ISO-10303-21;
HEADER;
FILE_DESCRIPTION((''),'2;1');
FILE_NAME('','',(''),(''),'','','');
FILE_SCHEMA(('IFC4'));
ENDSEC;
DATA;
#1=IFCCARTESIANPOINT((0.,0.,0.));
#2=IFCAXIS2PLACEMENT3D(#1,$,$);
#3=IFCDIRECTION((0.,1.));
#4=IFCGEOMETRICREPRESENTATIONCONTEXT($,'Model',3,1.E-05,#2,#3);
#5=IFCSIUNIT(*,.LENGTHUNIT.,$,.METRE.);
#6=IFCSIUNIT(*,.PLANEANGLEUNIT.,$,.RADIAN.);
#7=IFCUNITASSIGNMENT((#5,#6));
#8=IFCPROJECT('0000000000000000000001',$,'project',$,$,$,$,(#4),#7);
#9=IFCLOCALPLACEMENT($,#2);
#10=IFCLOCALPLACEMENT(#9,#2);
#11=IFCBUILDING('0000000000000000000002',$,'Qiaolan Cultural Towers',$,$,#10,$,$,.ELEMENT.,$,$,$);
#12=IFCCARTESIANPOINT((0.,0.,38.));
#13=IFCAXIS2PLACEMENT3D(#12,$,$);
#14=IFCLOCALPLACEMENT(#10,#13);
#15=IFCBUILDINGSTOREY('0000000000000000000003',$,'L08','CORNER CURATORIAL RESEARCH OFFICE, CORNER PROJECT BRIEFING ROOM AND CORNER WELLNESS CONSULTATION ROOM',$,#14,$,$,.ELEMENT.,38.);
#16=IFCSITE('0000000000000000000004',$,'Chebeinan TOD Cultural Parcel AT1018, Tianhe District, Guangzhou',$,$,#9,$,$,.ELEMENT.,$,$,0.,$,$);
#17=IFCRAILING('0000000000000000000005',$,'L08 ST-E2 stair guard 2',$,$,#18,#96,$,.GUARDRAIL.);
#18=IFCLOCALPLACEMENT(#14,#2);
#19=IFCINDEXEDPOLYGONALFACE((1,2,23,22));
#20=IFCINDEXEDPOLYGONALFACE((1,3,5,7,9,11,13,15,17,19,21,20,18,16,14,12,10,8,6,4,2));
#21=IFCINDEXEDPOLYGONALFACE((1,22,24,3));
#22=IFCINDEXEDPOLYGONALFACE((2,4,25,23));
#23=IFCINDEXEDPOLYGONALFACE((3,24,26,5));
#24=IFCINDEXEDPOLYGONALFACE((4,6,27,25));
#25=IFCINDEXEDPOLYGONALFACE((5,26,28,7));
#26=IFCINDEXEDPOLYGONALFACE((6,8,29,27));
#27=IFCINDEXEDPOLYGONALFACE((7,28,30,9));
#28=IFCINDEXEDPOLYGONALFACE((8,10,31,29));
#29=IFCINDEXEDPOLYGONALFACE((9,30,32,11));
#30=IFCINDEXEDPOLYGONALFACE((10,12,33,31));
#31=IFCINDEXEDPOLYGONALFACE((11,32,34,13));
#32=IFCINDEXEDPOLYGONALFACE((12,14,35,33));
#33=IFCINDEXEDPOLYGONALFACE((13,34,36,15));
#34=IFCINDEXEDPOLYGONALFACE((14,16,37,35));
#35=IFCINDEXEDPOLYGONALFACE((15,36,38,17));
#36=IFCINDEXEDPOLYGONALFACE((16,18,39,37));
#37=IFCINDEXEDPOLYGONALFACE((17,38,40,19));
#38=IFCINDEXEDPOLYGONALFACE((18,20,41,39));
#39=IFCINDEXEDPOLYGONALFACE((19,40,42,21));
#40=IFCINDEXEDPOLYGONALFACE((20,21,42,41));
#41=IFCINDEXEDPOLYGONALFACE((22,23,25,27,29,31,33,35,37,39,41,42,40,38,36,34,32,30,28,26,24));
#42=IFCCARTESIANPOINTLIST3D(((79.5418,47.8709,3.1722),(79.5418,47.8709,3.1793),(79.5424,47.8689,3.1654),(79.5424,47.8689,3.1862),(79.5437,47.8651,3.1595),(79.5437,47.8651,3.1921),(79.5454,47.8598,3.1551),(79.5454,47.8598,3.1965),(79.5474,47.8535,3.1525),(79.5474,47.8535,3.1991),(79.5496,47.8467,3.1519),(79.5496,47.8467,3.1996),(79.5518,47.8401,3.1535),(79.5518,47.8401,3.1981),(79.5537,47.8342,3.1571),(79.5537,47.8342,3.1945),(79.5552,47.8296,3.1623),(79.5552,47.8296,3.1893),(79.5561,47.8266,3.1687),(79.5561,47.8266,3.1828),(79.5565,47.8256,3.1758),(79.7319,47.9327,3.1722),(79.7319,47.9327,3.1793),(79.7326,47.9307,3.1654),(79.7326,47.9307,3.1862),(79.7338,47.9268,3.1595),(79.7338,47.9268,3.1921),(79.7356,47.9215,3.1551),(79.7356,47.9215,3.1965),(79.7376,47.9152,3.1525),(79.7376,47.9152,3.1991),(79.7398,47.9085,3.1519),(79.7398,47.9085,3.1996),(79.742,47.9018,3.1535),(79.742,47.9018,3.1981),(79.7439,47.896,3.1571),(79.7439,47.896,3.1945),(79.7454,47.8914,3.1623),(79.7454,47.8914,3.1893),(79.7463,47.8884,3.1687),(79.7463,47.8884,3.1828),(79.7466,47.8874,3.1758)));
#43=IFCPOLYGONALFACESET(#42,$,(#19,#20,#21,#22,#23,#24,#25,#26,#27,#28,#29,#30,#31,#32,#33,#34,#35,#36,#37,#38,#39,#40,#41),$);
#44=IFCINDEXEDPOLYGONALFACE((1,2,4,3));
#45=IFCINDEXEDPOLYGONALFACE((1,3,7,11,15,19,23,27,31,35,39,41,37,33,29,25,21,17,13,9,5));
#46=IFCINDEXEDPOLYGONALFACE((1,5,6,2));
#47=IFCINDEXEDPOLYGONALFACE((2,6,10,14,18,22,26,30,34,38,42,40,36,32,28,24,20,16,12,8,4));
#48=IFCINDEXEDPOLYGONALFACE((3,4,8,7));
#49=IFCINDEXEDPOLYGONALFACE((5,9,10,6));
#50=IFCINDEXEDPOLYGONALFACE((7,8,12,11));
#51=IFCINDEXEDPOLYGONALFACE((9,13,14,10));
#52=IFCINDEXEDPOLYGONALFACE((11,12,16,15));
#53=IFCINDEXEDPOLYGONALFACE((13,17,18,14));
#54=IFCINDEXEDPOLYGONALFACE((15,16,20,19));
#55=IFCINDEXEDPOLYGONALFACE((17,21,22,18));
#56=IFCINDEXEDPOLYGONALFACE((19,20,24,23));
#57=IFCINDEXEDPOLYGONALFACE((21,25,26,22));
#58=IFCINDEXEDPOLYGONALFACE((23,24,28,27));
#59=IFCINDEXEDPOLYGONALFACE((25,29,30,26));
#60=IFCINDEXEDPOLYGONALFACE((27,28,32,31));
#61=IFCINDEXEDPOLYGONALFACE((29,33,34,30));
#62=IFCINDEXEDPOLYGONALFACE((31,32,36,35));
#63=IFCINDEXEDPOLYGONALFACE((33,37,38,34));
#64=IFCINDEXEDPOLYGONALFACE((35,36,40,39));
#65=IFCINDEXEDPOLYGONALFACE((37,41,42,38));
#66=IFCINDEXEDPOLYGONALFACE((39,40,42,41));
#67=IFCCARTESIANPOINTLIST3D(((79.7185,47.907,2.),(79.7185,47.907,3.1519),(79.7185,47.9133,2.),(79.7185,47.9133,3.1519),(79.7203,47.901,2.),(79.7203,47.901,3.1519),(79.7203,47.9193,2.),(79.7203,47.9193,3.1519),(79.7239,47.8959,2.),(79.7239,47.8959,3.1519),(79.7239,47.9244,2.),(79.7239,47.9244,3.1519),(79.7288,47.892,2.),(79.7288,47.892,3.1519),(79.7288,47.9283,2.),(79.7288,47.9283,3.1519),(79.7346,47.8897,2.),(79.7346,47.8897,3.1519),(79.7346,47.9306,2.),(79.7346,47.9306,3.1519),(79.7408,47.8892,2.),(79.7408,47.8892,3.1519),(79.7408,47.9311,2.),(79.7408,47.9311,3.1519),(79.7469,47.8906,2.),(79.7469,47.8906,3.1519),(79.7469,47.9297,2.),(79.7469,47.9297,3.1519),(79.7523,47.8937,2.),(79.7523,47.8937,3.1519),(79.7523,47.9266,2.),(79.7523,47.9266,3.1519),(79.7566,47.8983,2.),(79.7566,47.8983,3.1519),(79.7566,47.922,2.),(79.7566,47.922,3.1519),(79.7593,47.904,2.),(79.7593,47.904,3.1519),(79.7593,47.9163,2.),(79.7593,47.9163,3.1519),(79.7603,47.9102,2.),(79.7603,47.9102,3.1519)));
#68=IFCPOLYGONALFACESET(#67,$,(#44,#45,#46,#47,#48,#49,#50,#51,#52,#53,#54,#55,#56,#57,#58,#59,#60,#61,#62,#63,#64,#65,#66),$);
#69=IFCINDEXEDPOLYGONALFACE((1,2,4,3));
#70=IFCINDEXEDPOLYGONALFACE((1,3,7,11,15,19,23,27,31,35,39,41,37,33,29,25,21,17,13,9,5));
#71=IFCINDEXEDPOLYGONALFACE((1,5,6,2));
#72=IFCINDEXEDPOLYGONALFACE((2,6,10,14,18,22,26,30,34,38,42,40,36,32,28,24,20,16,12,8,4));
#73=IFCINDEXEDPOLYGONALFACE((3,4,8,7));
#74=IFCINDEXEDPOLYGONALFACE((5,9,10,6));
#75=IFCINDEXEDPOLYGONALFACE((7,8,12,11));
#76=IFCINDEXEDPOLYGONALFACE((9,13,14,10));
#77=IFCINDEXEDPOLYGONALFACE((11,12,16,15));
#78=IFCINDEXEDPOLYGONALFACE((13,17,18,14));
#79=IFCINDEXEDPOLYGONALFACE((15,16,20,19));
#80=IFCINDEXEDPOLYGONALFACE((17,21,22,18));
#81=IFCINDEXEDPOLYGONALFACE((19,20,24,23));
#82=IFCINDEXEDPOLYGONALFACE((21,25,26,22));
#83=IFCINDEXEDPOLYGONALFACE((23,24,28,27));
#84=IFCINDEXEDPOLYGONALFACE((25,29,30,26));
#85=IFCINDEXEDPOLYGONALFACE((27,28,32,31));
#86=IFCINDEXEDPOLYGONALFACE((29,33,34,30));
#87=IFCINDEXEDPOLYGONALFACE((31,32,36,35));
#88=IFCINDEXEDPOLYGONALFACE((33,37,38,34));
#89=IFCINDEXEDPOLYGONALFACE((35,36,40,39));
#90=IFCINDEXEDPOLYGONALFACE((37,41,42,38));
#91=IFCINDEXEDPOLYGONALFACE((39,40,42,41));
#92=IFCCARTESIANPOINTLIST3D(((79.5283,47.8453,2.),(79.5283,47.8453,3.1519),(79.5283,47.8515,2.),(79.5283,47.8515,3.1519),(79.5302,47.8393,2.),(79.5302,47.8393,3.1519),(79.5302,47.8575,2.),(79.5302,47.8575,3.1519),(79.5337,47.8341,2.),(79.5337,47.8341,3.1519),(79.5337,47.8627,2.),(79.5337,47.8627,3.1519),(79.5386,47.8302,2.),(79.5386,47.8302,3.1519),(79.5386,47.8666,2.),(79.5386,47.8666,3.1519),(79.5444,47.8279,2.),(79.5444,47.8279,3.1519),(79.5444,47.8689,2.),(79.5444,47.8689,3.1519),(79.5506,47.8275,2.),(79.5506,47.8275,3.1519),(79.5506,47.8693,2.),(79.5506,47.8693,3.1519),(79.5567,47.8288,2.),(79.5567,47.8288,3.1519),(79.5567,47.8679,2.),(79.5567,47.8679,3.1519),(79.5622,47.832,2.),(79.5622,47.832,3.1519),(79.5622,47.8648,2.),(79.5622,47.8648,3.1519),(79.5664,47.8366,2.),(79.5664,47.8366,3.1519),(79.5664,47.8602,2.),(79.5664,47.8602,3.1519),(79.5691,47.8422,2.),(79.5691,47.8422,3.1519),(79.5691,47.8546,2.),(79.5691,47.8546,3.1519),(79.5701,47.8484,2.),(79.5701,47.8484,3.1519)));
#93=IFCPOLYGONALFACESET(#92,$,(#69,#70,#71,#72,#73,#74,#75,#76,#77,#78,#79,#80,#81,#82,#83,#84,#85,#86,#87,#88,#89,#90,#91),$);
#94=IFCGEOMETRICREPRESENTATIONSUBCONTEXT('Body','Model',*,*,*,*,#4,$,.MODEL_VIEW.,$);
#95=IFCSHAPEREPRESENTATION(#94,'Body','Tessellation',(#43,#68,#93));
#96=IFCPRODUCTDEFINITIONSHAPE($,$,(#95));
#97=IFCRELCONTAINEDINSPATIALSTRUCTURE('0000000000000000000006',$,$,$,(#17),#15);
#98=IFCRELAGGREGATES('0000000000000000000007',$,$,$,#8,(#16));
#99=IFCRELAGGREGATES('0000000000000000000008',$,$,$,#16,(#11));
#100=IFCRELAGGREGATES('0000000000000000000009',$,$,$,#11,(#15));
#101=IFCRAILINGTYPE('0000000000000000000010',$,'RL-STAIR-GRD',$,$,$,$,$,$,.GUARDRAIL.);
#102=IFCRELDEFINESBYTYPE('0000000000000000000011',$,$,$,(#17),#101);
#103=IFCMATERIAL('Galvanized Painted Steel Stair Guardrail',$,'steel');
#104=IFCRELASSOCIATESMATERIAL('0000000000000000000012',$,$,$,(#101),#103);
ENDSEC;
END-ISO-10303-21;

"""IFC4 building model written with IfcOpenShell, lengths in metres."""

from ifc_helpers import new_model, si_unit, direction, frame, origin, origin_2d, place, context, subcontext, project, spatial, circle, extrude, material, type_object, element, save


model = new_model("IFC4")

# Units and contexts
model_context = context("Model", 3, precision=1e-05, world=origin(), true_north=direction((0.0, 1.0)))
body_context = subcontext(model_context, "Body", "Model", "MODEL_VIEW")
ifc_project = project(units=[si_unit("LENGTHUNIT", "METRE"), si_unit("PLANEANGLEUNIT", "RADIAN")], contexts=[model_context])

# Site, building, storey
site_placement = place(None, origin())
site = spatial("IfcSite", under=ifc_project, at=site_placement, Name="Chebeinan TOD Cultural Parcel AT1018, Tianhe District, Guangzhou", CompositionType="ELEMENT", RefElevation=0.0)
building_placement = place(site_placement, origin())
building = spatial("IfcBuilding", under=site, at=building_placement, Name="Qiaolan Cultural Towers", CompositionType="ELEMENT")
storey_placement = place(building_placement, frame((0.0, 0.0, 38.0)))
storey = spatial("IfcBuildingStorey", under=building, at=storey_placement, Name="L08", Description="CORNER CURATORIAL RESEARCH OFFICE, CORNER PROJECT BRIEFING ROOM AND CORNER WELLNESS CONSULTATION ROOM", CompositionType="ELEMENT", Elevation=38.0)

# Railing
ifc_material_1 = material(Name="Galvanized Painted Steel Stair Guardrail", Category="steel")
railing_type_1 = type_object("IfcRailingType", Name="RL-STAIR-GRD", PredefinedType="GUARDRAIL", material=ifc_material_1)
railing_1_placement = place(storey_placement, frame((79.7393, 47.9102, 2.0)))
element("IfcRailing", 1, at=railing_1_placement, inside=storey, type_object=railing_type_1, Name="L08 ST-E2 stair guard 2", PredefinedType="GUARDRAIL", context=body_context, shape_type="SweptSolid", body=[
    extrude(circle(Radius=0.0239, at=origin_2d()), frame((0.0, 0.0, 1.1758), z_axis=(-0.951097, -0.308893, 0.0), x_axis=(0.308893, -0.951097, 0.0)), (0.0, 0.0, 1.0), 0.2),
    extrude(circle(Radius=0.021, at=origin_2d()), origin(), (0.0, 0.0, 1.0), 1.1519),
    extrude(circle(Radius=0.021, at=origin_2d()), frame((-0.1902, -0.0618, 0.0)), (0.0, 0.0, 1.0), 1.1519),
])

save(model, "model.ifc")
